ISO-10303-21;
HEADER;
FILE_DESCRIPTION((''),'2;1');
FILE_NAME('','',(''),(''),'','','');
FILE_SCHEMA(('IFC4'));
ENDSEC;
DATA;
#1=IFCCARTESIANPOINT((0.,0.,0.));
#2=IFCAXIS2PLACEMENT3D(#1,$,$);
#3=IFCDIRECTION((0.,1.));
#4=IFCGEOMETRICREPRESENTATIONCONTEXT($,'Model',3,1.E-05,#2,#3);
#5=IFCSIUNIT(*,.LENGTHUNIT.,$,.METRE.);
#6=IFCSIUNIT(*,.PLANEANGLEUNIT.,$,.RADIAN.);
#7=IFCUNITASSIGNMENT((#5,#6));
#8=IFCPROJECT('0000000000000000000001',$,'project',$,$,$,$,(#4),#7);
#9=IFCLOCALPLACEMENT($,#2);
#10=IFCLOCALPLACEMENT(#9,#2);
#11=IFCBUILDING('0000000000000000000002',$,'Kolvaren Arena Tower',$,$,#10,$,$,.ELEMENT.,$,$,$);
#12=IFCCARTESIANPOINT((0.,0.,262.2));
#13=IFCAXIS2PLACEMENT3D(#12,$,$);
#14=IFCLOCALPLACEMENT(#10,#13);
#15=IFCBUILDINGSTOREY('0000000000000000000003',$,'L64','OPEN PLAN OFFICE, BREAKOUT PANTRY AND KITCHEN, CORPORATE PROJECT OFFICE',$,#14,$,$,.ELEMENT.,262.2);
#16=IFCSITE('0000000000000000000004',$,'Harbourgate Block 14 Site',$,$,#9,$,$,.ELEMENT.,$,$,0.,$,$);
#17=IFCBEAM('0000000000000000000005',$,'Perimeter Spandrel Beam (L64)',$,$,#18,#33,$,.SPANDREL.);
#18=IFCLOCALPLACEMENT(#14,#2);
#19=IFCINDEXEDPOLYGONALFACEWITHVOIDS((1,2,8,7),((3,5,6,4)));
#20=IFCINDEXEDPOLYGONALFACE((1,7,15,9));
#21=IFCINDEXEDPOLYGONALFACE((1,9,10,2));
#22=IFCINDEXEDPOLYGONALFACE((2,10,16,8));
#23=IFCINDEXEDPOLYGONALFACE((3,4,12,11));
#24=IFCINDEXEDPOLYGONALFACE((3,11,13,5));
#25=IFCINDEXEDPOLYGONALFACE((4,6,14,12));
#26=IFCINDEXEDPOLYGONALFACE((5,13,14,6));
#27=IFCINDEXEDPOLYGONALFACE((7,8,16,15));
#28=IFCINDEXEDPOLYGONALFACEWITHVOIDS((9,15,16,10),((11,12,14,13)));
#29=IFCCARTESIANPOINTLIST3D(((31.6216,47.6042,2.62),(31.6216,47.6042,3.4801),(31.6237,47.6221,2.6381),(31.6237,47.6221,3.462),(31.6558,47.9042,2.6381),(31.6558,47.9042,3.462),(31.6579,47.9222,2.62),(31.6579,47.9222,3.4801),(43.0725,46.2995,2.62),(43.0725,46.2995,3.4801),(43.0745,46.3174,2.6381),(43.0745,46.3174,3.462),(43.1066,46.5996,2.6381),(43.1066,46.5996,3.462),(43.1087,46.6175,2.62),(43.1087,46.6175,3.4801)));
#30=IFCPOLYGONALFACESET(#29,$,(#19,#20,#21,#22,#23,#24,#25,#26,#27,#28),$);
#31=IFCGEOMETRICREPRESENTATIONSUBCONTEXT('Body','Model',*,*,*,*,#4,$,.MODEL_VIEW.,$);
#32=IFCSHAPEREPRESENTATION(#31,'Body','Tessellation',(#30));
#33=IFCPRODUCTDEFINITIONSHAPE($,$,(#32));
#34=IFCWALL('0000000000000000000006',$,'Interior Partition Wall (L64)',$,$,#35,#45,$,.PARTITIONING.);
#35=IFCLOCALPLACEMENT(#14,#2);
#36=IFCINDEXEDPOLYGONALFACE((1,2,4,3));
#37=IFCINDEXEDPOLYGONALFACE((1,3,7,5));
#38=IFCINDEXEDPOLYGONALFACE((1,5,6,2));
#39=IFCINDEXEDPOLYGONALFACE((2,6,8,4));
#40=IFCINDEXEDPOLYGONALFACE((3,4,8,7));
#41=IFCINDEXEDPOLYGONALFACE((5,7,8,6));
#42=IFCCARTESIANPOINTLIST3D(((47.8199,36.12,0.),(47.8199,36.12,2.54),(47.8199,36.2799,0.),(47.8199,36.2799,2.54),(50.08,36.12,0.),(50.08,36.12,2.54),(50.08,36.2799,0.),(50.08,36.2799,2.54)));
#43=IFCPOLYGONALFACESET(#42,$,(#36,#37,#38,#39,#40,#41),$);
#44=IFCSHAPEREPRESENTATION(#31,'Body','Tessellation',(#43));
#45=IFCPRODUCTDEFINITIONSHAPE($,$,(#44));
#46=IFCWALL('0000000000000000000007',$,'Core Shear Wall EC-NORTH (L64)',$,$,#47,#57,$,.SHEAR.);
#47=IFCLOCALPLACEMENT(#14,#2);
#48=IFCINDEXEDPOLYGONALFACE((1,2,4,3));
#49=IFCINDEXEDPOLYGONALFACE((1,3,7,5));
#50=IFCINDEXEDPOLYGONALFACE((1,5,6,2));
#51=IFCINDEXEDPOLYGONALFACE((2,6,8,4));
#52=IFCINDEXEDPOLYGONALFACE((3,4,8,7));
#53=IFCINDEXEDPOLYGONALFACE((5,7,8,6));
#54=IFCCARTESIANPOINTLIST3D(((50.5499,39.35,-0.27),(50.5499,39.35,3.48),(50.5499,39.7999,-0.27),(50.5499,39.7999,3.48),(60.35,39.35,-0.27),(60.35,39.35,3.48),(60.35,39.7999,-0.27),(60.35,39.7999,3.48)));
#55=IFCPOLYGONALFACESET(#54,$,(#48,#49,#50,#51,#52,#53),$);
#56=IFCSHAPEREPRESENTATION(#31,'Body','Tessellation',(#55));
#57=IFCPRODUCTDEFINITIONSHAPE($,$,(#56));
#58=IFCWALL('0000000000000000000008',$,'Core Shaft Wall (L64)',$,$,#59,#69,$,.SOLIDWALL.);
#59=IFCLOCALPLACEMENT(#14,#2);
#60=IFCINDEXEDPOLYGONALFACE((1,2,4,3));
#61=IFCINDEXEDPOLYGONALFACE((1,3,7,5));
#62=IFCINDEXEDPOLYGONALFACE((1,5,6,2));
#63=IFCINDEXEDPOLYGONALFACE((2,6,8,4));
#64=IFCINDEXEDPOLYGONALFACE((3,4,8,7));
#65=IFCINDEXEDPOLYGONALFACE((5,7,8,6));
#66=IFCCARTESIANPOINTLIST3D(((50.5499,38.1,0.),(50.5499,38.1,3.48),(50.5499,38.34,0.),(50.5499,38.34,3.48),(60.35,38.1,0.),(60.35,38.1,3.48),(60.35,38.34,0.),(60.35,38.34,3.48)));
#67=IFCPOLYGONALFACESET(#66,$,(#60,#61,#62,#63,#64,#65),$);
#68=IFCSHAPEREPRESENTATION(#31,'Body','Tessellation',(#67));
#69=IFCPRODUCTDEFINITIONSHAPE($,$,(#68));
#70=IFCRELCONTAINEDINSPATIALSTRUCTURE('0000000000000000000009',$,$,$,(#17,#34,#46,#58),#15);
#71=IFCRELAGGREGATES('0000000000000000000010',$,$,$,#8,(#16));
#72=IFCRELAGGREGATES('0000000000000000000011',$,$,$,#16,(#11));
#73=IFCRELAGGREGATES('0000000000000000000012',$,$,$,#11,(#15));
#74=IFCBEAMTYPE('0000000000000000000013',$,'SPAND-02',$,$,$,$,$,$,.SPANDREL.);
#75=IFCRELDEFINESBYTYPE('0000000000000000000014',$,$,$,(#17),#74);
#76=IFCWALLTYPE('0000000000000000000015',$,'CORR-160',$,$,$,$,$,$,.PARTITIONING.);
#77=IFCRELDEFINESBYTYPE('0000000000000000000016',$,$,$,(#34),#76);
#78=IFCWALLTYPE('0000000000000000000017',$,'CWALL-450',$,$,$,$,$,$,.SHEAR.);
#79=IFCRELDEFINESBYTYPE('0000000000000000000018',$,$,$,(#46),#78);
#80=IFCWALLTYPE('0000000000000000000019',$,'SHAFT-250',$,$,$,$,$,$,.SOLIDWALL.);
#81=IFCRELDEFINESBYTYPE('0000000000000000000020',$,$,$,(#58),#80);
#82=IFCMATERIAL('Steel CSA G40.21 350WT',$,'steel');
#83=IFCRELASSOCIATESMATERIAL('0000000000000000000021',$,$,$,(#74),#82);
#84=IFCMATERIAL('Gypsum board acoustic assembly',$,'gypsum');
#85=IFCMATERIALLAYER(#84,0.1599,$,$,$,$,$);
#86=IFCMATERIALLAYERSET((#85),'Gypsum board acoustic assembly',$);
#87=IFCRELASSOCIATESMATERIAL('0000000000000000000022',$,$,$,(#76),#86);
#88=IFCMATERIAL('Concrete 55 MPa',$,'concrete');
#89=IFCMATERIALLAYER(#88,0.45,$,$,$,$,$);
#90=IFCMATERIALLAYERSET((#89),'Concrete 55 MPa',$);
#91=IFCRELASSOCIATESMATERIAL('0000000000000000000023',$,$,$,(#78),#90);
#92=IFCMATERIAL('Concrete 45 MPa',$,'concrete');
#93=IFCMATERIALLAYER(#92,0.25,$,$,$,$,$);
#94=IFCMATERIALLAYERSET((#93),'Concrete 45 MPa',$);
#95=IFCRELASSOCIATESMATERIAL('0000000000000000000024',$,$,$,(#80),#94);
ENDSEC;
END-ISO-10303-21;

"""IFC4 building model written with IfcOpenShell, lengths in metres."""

from ifc_helpers import new_model, si_unit, direction, frame, frame_2d, origin, origin_2d, place, context, subcontext, project, spatial, rectangle, hollow_rectangle, extrude, material, layer, layer_set, material_profile, profile_set, type_object, element, save


model = new_model("IFC4")

# Units and contexts
model_context = context("Model", 3, precision=1e-05, world=origin(), true_north=direction((0.0, 1.0)))
body_context = subcontext(model_context, "Body", "Model", "MODEL_VIEW")
ifc_project = project(units=[si_unit("LENGTHUNIT", "METRE"), si_unit("PLANEANGLEUNIT", "RADIAN")], contexts=[model_context])

# Site, building, storey
site_placement = place(None, origin())
site = spatial("IfcSite", under=ifc_project, at=site_placement, Name="Harbourgate Block 14 Site", CompositionType="ELEMENT", RefElevation=0.0)
building_placement = place(site_placement, origin())
building = spatial("IfcBuilding", under=site, at=building_placement, Name="Kolvaren Arena Tower", CompositionType="ELEMENT")
storey_placement = place(building_placement, frame((0.0, 0.0, 262.2)))
storey = spatial("IfcBuildingStorey", under=building, at=storey_placement, Name="L64", Description="OPEN PLAN OFFICE, BREAKOUT PANTRY AND KITCHEN, CORPORATE PROJECT OFFICE", CompositionType="ELEMENT", Elevation=262.2)

# Beam
ifc_material_1 = material(Name="Steel CSA G40.21 350WT", Category="steel")
ifc_material_profile_1 = material_profile(ifc_material_1, hollow_rectangle(XDim=0.3201, YDim=0.8601, WallThickness=0.0181, at=origin_2d()), Name="HSS 860x320x18")
ifc_profile_set_1 = profile_set([ifc_material_profile_1], Name="Steel CSA G40.21 350WT")
beam_type_1 = type_object("IfcBeamType", Name="SPAND-02", PredefinedType="SPANDREL", material=ifc_profile_set_1)
beam_1_placement = place(storey_placement, frame((43.0906, 46.4585, 3.05), z_axis=(-0.993572, 0.113205, 0.0), x_axis=(-0.113205, -0.993572, 0.0)))
element("IfcBeam", 1, at=beam_1_placement, inside=storey, type_object=beam_type_1, Name="Perimeter Spandrel Beam (L64)", PredefinedType="SPANDREL", context=body_context, shape_type="SweptSolid", body=[
    extrude(hollow_rectangle(XDim=0.3201, YDim=0.8601, WallThickness=0.0181, at=origin_2d()), origin(), (0.0, 0.0, 1.0), 11.5249),
])

# Walls
ifc_material_2 = material(Name="Gypsum board acoustic assembly", Category="gypsum")
ifc_layer_1 = layer(ifc_material_2, 0.1599)
ifc_layer_set_1 = layer_set([ifc_layer_1], Name="Gypsum board acoustic assembly")
wall_type_1 = type_object("IfcWallType", Name="CORR-160", PredefinedType="PARTITIONING", material=ifc_layer_set_1)
wall_1_placement = place(storey_placement, frame((47.8201, 36.2, 0.0), z_axis=(0.0, 0.0, 1.0), x_axis=(1.0, 0.0, 0.0)))
element("IfcWall", 2, at=wall_1_placement, inside=storey, type_object=wall_type_1, Name="Interior Partition Wall (L64)", PredefinedType="PARTITIONING", context=body_context, shape_type="SweptSolid", body=[
    extrude(rectangle(XDim=2.26, YDim=0.1599, at=frame_2d((1.1299, 0.0))), origin(), (0.0, 0.0, 1.0), 2.54),
])
ifc_material_3 = material(Name="Concrete 55 MPa", Category="concrete")
ifc_layer_2 = layer(ifc_material_3, 0.45)
ifc_layer_set_2 = layer_set([ifc_layer_2], Name="Concrete 55 MPa")
wall_type_2 = type_object("IfcWallType", Name="CWALL-450", PredefinedType="SHEAR", material=ifc_layer_set_2)
wall_2_placement = place(storey_placement, frame((50.55, 39.575, -0.27), z_axis=(0.0, 0.0, 1.0), x_axis=(1.0, 0.0, 0.0)))
element("IfcWall", 3, at=wall_2_placement, inside=storey, type_object=wall_type_2, Name="Core Shear Wall EC-NORTH (L64)", PredefinedType="SHEAR", context=body_context, shape_type="SweptSolid", body=[
    extrude(rectangle(XDim=9.8, YDim=0.45, at=frame_2d((4.8999, 0.0))), origin(), (0.0, 0.0, 1.0), 3.75),
])
ifc_material_4 = material(Name="Concrete 45 MPa", Category="concrete")
ifc_layer_3 = layer(ifc_material_4, 0.25)
ifc_layer_set_3 = layer_set([ifc_layer_3], Name="Concrete 45 MPa")
wall_type_3 = type_object("IfcWallType", Name="SHAFT-250", PredefinedType="SOLIDWALL", material=ifc_layer_set_3)
wall_3_placement = place(storey_placement, frame((50.55, 38.22, 0.0), z_axis=(0.0, 0.0, 1.0), x_axis=(1.0, 0.0, 0.0)))
element("IfcWall", 4, at=wall_3_placement, inside=storey, type_object=wall_type_3, Name="Core Shaft Wall (L64)", PredefinedType="SOLIDWALL", context=body_context, shape_type="SweptSolid", body=[
    extrude(rectangle(XDim=9.8, YDim=0.24, at=frame_2d((4.8999, 0.0))), origin(), (0.0, 0.0, 1.0), 3.48),
])

save(model, "model.ifc")
